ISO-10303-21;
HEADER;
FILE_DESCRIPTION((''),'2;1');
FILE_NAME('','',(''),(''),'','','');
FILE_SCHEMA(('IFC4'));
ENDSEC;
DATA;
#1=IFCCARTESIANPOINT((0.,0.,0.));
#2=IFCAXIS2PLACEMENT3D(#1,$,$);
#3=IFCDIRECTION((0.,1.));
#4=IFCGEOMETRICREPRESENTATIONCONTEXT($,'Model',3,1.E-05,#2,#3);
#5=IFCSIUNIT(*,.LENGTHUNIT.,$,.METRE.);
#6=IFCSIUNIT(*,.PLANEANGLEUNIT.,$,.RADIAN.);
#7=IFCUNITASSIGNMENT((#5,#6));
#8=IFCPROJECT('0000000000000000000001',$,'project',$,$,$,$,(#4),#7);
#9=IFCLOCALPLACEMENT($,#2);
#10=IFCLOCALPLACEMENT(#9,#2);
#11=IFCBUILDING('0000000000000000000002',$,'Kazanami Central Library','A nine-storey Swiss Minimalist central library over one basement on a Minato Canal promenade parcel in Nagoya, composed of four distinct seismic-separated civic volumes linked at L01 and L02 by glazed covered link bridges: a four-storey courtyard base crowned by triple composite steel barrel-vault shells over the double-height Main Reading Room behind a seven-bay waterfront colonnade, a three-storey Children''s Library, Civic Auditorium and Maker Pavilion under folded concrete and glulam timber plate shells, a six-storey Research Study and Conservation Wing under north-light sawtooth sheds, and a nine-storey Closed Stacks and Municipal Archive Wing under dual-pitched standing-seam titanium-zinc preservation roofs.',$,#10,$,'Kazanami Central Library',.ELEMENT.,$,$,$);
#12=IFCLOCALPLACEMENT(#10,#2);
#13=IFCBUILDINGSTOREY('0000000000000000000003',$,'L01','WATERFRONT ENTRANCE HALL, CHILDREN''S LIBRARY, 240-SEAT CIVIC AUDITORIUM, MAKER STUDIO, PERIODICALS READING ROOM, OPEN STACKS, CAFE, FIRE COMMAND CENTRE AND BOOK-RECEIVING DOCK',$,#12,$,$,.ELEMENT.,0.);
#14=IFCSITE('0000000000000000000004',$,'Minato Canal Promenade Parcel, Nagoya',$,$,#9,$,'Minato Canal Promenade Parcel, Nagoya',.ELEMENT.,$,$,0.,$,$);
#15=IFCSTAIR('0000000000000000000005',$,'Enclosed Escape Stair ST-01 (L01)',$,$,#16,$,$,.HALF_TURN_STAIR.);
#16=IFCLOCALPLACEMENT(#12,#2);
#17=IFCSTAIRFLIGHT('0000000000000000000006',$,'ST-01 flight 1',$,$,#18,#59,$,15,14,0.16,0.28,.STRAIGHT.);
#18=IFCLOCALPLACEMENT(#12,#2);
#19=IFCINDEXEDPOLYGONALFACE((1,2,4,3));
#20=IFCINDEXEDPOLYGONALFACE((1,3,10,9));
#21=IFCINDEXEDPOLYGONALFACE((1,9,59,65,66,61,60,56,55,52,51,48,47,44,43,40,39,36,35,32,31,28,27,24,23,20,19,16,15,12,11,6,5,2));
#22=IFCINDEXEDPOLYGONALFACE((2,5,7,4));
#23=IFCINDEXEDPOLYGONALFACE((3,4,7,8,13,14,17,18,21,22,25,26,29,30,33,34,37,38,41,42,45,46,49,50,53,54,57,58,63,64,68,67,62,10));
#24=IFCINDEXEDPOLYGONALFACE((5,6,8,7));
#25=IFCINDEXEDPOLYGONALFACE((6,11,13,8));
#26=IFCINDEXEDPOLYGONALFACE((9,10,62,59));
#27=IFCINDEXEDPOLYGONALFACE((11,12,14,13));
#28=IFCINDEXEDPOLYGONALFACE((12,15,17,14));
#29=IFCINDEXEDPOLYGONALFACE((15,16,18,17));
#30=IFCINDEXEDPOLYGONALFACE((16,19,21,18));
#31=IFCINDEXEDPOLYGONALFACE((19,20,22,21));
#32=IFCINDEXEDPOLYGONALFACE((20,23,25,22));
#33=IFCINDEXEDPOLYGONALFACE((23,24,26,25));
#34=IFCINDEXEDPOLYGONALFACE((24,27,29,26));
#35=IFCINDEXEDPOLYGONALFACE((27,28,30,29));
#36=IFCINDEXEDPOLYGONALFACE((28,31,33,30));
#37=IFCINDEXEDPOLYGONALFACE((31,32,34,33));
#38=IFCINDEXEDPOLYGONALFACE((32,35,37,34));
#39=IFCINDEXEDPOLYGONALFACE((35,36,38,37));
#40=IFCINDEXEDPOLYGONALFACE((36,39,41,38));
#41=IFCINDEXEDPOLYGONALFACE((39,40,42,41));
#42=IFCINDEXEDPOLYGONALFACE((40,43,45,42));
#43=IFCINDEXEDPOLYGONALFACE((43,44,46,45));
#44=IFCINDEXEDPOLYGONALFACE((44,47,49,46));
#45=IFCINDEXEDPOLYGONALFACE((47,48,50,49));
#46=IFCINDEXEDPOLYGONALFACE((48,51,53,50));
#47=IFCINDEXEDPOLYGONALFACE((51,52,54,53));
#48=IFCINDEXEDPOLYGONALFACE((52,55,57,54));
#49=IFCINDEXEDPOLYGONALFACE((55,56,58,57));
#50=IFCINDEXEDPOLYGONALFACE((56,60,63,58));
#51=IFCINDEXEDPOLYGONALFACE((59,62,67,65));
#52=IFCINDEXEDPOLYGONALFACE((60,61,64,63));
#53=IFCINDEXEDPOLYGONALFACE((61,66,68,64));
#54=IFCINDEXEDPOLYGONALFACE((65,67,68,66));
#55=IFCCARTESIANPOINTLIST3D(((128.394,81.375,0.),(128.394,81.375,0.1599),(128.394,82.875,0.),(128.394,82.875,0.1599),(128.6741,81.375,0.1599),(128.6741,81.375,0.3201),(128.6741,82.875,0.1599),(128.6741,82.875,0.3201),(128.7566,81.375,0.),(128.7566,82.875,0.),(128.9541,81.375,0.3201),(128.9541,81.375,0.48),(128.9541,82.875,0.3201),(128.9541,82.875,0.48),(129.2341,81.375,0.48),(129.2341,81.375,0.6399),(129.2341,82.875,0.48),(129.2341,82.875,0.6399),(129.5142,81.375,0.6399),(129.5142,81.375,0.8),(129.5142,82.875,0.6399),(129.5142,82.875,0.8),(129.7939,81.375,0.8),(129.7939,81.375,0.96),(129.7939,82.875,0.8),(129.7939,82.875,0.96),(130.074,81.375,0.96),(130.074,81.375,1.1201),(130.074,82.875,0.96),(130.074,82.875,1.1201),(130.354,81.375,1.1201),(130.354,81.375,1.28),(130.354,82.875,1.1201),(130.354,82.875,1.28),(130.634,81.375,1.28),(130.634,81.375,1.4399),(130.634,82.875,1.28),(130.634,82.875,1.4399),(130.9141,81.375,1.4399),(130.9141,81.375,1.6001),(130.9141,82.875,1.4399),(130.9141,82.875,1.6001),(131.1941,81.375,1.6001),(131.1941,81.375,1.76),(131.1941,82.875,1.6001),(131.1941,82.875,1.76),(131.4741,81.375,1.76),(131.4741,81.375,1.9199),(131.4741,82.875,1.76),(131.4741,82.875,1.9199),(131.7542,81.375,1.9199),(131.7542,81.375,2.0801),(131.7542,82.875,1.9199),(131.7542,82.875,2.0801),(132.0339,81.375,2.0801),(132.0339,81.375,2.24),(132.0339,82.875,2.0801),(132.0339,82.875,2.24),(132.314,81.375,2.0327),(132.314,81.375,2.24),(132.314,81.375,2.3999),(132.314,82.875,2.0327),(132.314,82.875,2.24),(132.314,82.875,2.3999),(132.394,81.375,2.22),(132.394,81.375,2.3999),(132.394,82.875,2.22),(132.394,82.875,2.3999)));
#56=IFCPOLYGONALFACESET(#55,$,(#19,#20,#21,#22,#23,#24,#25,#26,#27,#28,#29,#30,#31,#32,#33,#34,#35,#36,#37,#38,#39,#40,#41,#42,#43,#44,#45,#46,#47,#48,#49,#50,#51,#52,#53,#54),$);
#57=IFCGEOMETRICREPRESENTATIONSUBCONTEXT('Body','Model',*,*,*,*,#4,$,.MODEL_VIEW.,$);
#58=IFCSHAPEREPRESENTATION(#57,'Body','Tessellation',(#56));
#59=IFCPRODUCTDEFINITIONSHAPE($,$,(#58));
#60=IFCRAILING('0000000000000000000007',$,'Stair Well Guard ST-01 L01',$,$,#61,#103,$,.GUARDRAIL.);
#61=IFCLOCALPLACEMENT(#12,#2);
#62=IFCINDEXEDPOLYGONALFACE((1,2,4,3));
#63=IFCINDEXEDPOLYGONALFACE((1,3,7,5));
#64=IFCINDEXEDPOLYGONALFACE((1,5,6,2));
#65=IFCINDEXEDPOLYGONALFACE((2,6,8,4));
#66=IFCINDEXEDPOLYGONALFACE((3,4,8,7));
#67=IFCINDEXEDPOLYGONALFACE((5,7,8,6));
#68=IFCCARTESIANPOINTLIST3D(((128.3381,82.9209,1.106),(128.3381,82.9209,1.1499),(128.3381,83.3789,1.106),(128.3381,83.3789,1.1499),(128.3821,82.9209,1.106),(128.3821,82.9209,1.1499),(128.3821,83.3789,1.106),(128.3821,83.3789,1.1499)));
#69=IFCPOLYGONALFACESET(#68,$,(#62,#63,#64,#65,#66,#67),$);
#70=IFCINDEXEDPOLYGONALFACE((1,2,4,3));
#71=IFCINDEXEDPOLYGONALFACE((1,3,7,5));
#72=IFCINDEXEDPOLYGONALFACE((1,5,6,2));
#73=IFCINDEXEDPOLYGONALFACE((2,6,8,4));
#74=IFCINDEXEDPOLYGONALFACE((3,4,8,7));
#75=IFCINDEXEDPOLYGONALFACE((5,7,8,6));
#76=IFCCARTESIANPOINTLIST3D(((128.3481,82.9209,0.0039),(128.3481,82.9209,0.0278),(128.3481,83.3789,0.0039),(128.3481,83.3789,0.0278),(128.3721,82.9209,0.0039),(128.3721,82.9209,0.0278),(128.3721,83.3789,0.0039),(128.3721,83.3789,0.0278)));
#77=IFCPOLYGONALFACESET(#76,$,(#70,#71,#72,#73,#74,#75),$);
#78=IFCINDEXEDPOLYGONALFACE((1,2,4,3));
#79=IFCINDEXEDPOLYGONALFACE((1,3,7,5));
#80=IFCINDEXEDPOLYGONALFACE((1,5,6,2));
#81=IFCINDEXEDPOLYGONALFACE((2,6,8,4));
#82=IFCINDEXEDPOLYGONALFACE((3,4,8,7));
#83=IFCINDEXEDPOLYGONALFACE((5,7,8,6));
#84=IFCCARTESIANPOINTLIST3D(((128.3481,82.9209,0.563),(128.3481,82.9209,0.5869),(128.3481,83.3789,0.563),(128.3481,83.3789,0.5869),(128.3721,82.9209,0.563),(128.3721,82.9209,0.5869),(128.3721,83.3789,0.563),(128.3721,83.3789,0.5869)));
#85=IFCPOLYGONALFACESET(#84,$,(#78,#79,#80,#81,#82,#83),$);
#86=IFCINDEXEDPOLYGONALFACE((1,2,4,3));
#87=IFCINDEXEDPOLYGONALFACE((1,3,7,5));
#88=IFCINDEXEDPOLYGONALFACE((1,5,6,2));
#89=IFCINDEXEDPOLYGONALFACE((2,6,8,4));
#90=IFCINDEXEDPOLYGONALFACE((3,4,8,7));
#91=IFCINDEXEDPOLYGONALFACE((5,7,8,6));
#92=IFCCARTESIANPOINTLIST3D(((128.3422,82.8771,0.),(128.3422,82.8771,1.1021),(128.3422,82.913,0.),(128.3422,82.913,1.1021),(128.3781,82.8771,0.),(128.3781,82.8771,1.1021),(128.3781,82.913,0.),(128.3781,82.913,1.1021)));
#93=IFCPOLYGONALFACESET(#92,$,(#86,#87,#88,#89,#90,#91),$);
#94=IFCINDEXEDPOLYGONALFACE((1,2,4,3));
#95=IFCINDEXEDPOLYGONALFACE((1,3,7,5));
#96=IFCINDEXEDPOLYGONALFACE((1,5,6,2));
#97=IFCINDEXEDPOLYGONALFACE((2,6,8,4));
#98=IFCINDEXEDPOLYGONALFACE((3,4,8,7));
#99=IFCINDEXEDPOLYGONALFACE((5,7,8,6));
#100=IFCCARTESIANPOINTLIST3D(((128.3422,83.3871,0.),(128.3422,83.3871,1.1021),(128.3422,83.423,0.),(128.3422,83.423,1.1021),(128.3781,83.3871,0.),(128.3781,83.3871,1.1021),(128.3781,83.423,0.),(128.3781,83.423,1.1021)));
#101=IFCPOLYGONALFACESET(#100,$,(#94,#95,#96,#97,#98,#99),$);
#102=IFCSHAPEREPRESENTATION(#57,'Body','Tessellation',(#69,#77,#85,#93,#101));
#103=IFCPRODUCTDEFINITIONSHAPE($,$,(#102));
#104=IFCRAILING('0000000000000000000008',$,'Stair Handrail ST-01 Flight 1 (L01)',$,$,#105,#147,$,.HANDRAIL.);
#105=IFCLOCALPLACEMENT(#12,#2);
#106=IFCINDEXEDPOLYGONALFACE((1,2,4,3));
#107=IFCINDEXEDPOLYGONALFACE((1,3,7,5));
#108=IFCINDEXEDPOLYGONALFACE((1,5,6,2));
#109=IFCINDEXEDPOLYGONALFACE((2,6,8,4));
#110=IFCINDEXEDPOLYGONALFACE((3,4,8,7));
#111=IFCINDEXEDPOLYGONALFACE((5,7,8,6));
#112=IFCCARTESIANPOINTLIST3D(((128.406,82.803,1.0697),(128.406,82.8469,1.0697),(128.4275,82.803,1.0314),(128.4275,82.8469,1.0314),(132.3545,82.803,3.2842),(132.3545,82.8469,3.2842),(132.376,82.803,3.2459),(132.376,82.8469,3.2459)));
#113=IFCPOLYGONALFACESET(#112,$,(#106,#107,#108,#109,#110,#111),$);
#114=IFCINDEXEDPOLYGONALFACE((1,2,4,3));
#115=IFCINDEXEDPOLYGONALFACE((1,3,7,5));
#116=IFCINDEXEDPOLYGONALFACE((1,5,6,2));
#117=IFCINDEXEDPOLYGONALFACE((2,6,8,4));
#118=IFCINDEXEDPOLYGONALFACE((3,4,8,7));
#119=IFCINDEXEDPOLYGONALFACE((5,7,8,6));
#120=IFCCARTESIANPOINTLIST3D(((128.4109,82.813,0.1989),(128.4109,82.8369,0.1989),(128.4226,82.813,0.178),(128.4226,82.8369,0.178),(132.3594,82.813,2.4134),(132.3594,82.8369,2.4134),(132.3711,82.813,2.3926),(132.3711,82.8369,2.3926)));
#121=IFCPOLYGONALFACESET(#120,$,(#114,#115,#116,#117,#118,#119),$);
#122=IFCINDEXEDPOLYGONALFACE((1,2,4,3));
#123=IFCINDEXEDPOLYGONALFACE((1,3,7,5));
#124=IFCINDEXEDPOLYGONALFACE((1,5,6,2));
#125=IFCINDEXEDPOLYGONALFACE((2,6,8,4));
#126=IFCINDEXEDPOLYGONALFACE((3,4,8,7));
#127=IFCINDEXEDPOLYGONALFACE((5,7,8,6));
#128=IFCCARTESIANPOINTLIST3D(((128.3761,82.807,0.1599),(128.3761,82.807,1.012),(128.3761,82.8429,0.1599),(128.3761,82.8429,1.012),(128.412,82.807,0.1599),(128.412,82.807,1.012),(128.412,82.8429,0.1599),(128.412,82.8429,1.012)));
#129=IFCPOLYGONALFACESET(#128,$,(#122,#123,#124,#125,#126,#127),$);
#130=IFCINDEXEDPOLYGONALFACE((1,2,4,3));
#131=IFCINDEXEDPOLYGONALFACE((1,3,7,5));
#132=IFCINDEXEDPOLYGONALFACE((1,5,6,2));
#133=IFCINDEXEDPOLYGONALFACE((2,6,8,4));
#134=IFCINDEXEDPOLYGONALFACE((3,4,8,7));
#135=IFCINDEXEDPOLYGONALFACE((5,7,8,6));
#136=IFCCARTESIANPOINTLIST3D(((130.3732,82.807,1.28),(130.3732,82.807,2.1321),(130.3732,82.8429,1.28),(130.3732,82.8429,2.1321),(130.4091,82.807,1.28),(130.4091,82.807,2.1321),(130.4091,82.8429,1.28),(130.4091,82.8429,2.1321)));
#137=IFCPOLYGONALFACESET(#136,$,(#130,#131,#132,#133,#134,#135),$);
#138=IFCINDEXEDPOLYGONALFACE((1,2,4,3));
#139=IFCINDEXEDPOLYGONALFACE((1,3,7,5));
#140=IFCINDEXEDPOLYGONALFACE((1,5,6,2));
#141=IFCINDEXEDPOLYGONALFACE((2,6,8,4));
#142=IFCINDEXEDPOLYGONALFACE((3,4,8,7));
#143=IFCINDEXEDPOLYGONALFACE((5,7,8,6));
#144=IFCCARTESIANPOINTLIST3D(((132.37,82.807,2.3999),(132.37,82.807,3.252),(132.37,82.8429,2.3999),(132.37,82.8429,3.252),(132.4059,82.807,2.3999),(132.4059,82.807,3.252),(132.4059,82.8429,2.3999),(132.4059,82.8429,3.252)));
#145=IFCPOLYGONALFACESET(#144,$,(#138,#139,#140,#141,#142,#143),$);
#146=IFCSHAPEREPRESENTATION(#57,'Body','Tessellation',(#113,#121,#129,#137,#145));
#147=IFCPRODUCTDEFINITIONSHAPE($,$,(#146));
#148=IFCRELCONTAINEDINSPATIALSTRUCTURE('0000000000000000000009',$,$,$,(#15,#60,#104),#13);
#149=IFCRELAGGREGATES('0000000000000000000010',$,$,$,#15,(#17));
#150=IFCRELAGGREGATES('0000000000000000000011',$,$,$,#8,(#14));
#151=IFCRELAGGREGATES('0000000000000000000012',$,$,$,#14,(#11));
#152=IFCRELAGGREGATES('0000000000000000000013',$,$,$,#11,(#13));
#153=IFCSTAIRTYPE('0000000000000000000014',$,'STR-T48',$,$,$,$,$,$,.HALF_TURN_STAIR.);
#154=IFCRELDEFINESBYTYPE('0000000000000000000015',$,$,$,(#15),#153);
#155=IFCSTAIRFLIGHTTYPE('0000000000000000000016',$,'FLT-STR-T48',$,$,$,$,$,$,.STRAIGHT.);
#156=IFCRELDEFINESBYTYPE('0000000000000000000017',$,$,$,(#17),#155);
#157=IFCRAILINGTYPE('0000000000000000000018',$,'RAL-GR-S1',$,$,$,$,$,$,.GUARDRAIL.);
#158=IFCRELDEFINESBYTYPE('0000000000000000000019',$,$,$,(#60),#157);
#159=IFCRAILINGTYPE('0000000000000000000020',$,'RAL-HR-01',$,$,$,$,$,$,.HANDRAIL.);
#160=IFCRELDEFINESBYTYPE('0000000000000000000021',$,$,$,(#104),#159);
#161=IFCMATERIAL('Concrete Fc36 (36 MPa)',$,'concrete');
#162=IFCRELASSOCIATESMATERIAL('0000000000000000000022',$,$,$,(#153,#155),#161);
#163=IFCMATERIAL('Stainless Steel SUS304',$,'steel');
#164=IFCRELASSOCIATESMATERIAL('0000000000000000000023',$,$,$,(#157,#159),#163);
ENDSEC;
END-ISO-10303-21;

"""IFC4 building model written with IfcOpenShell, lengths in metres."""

from ifc_helpers import new_model, si_unit, direction, frame, origin, origin_2d, place, context, subcontext, project, spatial, polyline, rectangle, outline, extrude, material, type_object, element, aggregate, save


model = new_model("IFC4")

# Units and contexts
model_context = context("Model", 3, precision=1e-05, world=origin(), true_north=direction((0.0, 1.0)))
body_context = subcontext(model_context, "Body", "Model", "MODEL_VIEW")
ifc_project = project(units=[si_unit("LENGTHUNIT", "METRE"), si_unit("PLANEANGLEUNIT", "RADIAN")], contexts=[model_context])

# Site, building, storey
site_placement = place(None, origin())
site = spatial("IfcSite", under=ifc_project, at=site_placement, Name="Minato Canal Promenade Parcel, Nagoya", LongName="Minato Canal Promenade Parcel, Nagoya", CompositionType="ELEMENT", RefElevation=0.0)
building_placement = place(site_placement, origin())
building = spatial("IfcBuilding", under=site, at=building_placement, Name="Kazanami Central Library", Description="A nine-storey Swiss Minimalist central library over one basement on a Minato Canal promenade parcel in Nagoya, composed of four distinct seismic-separated civic volumes linked at L01 and L02 by glazed covered link bridges: a four-storey courtyard base crowned by triple composite steel barrel-vault shells over the double-height Main Reading Room behind a seven-bay waterfront colonnade, a three-storey Children's Library, Civic Auditorium and Maker Pavilion under folded concrete and glulam timber plate shells, a six-storey Research Study and Conservation Wing under north-light sawtooth sheds, and a nine-storey Closed Stacks and Municipal Archive Wing under dual-pitched standing-seam titanium-zinc preservation roofs.", LongName="Kazanami Central Library", CompositionType="ELEMENT")
storey_placement = place(building_placement, origin())
storey = spatial("IfcBuildingStorey", under=building, at=storey_placement, Name="L01", Description="WATERFRONT ENTRANCE HALL, CHILDREN'S LIBRARY, 240-SEAT CIVIC AUDITORIUM, MAKER STUDIO, PERIODICALS READING ROOM, OPEN STACKS, CAFE, FIRE COMMAND CENTRE AND BOOK-RECEIVING DOCK", CompositionType="ELEMENT", Elevation=0.0)

# Shared definitions
ifc_material_1 = material(Name="Concrete Fc36 (36 MPa)", Category="concrete")

# Stair, stair flight
stair_type = type_object("IfcStairType", Name="STR-T48", PredefinedType="HALF_TURN_STAIR", material=ifc_material_1)
stair_placement = place(storey_placement, origin())
stair = element("IfcStair", 1, at=stair_placement, inside=storey, type_object=stair_type, Name="Enclosed Escape Stair ST-01 (L01)", PredefinedType="HALF_TURN_STAIR")
stair_flight_type = type_object("IfcStairFlightType", Name="FLT-STR-T48", PredefinedType="STRAIGHT", material=ifc_material_1)
stair_flight_placement = place(storey_placement, frame((128.394, 82.125, 0.0), z_axis=(0.0, 0.0, 1.0), x_axis=(1.0, 0.0, 0.0)))
stair_flight = element("IfcStairFlight", 2, at=stair_flight_placement, type_object=stair_flight_type, Name="ST-01 flight 1", NumberOfRisers=15, NumberOfTreads=14, PredefinedType="STRAIGHT", RiserHeight=0.16, TreadLength=0.28, context=body_context, shape_type="SweptSolid", body=[
    extrude(outline(polyline([(0.0, 0.0), (0.0, 0.1599), (0.28, 0.1599), (0.28, 0.3201), (0.5601, 0.3201), (0.5601, 0.48), (0.8401, 0.48), (0.8401, 0.6399), (1.1201, 0.6399), (1.1201, 0.8), (1.3999, 0.8), (1.3999, 0.96), (1.6799, 0.96), (1.6799, 1.1201), (1.96, 1.1201), (1.96, 1.28), (2.24, 1.28), (2.24, 1.4399), (2.52, 1.4399), (2.52, 1.6001), (2.8, 1.6001), (2.8, 1.76), (3.0801, 1.76), (3.0801, 1.9199), (3.3601, 1.9199), (3.3601, 2.0801), (3.6399, 2.0801), (3.6399, 2.24), (3.9199, 2.24), (3.9199, 2.3999), (4.0, 2.3999), (4.0, 2.22), (3.9199, 2.0327), (0.3625, 0.0), (0.0, 0.0)])), frame((0.0, 0.75, 0.0), z_axis=(0.0, -1.0, 0.0), x_axis=(1.0, 0.0, 0.0)), (0.0, 0.0, 1.0), 1.5),
])
aggregate(stair, [stair_flight])

# Railings
ifc_material_2 = material(Name="Stainless Steel SUS304", Category="steel")
railing_type_1 = type_object("IfcRailingType", Name="RAL-GR-S1", PredefinedType="GUARDRAIL", material=ifc_material_2)
railing_1_placement = place(storey_placement, frame((128.3601, 82.895, 0.0)))
element("IfcRailing", 3, at=railing_1_placement, inside=storey, type_object=railing_type_1, Name="Stair Well Guard ST-01 L01", PredefinedType="GUARDRAIL", context=body_context, shape_type="SweptSolid", body=[
    extrude(rectangle(XDim=0.0439, YDim=0.0439, at=origin_2d()), frame((0.0, 0.0259, 1.1279), z_axis=(0.0, 1.0, 0.0), x_axis=(-1.0, 0.0, 0.0)), (0.0, 0.0, 1.0), 0.458),
    extrude(rectangle(XDim=0.0239, YDim=0.0239, at=origin_2d()), frame((0.0, 0.0259, 0.0159), z_axis=(0.0, 1.0, 0.0), x_axis=(-1.0, 0.0, 0.0)), (0.0, 0.0, 1.0), 0.458),
    extrude(rectangle(XDim=0.0239, YDim=0.0239, at=origin_2d()), frame((0.0, 0.0259, 0.575), z_axis=(0.0, 1.0, 0.0), x_axis=(-1.0, 0.0, 0.0)), (0.0, 0.0, 1.0), 0.458),
    extrude(rectangle(XDim=0.0359, YDim=0.0359, at=origin_2d()), origin(), (0.0, 0.0, 1.0), 1.1021),
    extrude(rectangle(XDim=0.0359, YDim=0.0359, at=origin_2d()), frame((0.0, 0.51, 0.0)), (0.0, 0.0, 1.0), 1.1021),
])
railing_type_2 = type_object("IfcRailingType", Name="RAL-HR-01", PredefinedType="HANDRAIL", material=ifc_material_2)
railing_2_placement = place(storey_placement, frame((128.394, 82.825, 0.1599)))
element("IfcRailing", 4, at=railing_2_placement, inside=storey, type_object=railing_type_2, Name="Stair Handrail ST-01 Flight 1 (L01)", PredefinedType="HANDRAIL", context=body_context, shape_type="SweptSolid", body=[
    extrude(rectangle(XDim=0.0439, YDim=0.0439, at=origin_2d()), frame((0.0227, 0.0, 0.8906), z_axis=(0.872189, 0.0, 0.48917), x_axis=(0.0, 1.0, 0.0)), (0.0, 0.0, 1.0), 4.5271),
    extrude(rectangle(XDim=0.0239, YDim=0.0239, at=origin_2d()), frame((0.0227, 0.0, 0.0286), z_axis=(0.872189, 0.0, 0.48917), x_axis=(0.0, 1.0, 0.0)), (0.0, 0.0, 1.0), 4.5271),
    extrude(rectangle(XDim=0.0359, YDim=0.0359, at=origin_2d()), origin(), (0.0, 0.0, 1.0), 0.8521),
    extrude(rectangle(XDim=0.0359, YDim=0.0359, at=origin_2d()), frame((1.9971, 0.0, 1.1201)), (0.0, 0.0, 1.0), 0.8521),
    extrude(rectangle(XDim=0.0359, YDim=0.0359, at=origin_2d()), frame((3.9939, 0.0, 2.24)), (0.0, 0.0, 1.0), 0.8521),
])

save(model, "model.ifc")
